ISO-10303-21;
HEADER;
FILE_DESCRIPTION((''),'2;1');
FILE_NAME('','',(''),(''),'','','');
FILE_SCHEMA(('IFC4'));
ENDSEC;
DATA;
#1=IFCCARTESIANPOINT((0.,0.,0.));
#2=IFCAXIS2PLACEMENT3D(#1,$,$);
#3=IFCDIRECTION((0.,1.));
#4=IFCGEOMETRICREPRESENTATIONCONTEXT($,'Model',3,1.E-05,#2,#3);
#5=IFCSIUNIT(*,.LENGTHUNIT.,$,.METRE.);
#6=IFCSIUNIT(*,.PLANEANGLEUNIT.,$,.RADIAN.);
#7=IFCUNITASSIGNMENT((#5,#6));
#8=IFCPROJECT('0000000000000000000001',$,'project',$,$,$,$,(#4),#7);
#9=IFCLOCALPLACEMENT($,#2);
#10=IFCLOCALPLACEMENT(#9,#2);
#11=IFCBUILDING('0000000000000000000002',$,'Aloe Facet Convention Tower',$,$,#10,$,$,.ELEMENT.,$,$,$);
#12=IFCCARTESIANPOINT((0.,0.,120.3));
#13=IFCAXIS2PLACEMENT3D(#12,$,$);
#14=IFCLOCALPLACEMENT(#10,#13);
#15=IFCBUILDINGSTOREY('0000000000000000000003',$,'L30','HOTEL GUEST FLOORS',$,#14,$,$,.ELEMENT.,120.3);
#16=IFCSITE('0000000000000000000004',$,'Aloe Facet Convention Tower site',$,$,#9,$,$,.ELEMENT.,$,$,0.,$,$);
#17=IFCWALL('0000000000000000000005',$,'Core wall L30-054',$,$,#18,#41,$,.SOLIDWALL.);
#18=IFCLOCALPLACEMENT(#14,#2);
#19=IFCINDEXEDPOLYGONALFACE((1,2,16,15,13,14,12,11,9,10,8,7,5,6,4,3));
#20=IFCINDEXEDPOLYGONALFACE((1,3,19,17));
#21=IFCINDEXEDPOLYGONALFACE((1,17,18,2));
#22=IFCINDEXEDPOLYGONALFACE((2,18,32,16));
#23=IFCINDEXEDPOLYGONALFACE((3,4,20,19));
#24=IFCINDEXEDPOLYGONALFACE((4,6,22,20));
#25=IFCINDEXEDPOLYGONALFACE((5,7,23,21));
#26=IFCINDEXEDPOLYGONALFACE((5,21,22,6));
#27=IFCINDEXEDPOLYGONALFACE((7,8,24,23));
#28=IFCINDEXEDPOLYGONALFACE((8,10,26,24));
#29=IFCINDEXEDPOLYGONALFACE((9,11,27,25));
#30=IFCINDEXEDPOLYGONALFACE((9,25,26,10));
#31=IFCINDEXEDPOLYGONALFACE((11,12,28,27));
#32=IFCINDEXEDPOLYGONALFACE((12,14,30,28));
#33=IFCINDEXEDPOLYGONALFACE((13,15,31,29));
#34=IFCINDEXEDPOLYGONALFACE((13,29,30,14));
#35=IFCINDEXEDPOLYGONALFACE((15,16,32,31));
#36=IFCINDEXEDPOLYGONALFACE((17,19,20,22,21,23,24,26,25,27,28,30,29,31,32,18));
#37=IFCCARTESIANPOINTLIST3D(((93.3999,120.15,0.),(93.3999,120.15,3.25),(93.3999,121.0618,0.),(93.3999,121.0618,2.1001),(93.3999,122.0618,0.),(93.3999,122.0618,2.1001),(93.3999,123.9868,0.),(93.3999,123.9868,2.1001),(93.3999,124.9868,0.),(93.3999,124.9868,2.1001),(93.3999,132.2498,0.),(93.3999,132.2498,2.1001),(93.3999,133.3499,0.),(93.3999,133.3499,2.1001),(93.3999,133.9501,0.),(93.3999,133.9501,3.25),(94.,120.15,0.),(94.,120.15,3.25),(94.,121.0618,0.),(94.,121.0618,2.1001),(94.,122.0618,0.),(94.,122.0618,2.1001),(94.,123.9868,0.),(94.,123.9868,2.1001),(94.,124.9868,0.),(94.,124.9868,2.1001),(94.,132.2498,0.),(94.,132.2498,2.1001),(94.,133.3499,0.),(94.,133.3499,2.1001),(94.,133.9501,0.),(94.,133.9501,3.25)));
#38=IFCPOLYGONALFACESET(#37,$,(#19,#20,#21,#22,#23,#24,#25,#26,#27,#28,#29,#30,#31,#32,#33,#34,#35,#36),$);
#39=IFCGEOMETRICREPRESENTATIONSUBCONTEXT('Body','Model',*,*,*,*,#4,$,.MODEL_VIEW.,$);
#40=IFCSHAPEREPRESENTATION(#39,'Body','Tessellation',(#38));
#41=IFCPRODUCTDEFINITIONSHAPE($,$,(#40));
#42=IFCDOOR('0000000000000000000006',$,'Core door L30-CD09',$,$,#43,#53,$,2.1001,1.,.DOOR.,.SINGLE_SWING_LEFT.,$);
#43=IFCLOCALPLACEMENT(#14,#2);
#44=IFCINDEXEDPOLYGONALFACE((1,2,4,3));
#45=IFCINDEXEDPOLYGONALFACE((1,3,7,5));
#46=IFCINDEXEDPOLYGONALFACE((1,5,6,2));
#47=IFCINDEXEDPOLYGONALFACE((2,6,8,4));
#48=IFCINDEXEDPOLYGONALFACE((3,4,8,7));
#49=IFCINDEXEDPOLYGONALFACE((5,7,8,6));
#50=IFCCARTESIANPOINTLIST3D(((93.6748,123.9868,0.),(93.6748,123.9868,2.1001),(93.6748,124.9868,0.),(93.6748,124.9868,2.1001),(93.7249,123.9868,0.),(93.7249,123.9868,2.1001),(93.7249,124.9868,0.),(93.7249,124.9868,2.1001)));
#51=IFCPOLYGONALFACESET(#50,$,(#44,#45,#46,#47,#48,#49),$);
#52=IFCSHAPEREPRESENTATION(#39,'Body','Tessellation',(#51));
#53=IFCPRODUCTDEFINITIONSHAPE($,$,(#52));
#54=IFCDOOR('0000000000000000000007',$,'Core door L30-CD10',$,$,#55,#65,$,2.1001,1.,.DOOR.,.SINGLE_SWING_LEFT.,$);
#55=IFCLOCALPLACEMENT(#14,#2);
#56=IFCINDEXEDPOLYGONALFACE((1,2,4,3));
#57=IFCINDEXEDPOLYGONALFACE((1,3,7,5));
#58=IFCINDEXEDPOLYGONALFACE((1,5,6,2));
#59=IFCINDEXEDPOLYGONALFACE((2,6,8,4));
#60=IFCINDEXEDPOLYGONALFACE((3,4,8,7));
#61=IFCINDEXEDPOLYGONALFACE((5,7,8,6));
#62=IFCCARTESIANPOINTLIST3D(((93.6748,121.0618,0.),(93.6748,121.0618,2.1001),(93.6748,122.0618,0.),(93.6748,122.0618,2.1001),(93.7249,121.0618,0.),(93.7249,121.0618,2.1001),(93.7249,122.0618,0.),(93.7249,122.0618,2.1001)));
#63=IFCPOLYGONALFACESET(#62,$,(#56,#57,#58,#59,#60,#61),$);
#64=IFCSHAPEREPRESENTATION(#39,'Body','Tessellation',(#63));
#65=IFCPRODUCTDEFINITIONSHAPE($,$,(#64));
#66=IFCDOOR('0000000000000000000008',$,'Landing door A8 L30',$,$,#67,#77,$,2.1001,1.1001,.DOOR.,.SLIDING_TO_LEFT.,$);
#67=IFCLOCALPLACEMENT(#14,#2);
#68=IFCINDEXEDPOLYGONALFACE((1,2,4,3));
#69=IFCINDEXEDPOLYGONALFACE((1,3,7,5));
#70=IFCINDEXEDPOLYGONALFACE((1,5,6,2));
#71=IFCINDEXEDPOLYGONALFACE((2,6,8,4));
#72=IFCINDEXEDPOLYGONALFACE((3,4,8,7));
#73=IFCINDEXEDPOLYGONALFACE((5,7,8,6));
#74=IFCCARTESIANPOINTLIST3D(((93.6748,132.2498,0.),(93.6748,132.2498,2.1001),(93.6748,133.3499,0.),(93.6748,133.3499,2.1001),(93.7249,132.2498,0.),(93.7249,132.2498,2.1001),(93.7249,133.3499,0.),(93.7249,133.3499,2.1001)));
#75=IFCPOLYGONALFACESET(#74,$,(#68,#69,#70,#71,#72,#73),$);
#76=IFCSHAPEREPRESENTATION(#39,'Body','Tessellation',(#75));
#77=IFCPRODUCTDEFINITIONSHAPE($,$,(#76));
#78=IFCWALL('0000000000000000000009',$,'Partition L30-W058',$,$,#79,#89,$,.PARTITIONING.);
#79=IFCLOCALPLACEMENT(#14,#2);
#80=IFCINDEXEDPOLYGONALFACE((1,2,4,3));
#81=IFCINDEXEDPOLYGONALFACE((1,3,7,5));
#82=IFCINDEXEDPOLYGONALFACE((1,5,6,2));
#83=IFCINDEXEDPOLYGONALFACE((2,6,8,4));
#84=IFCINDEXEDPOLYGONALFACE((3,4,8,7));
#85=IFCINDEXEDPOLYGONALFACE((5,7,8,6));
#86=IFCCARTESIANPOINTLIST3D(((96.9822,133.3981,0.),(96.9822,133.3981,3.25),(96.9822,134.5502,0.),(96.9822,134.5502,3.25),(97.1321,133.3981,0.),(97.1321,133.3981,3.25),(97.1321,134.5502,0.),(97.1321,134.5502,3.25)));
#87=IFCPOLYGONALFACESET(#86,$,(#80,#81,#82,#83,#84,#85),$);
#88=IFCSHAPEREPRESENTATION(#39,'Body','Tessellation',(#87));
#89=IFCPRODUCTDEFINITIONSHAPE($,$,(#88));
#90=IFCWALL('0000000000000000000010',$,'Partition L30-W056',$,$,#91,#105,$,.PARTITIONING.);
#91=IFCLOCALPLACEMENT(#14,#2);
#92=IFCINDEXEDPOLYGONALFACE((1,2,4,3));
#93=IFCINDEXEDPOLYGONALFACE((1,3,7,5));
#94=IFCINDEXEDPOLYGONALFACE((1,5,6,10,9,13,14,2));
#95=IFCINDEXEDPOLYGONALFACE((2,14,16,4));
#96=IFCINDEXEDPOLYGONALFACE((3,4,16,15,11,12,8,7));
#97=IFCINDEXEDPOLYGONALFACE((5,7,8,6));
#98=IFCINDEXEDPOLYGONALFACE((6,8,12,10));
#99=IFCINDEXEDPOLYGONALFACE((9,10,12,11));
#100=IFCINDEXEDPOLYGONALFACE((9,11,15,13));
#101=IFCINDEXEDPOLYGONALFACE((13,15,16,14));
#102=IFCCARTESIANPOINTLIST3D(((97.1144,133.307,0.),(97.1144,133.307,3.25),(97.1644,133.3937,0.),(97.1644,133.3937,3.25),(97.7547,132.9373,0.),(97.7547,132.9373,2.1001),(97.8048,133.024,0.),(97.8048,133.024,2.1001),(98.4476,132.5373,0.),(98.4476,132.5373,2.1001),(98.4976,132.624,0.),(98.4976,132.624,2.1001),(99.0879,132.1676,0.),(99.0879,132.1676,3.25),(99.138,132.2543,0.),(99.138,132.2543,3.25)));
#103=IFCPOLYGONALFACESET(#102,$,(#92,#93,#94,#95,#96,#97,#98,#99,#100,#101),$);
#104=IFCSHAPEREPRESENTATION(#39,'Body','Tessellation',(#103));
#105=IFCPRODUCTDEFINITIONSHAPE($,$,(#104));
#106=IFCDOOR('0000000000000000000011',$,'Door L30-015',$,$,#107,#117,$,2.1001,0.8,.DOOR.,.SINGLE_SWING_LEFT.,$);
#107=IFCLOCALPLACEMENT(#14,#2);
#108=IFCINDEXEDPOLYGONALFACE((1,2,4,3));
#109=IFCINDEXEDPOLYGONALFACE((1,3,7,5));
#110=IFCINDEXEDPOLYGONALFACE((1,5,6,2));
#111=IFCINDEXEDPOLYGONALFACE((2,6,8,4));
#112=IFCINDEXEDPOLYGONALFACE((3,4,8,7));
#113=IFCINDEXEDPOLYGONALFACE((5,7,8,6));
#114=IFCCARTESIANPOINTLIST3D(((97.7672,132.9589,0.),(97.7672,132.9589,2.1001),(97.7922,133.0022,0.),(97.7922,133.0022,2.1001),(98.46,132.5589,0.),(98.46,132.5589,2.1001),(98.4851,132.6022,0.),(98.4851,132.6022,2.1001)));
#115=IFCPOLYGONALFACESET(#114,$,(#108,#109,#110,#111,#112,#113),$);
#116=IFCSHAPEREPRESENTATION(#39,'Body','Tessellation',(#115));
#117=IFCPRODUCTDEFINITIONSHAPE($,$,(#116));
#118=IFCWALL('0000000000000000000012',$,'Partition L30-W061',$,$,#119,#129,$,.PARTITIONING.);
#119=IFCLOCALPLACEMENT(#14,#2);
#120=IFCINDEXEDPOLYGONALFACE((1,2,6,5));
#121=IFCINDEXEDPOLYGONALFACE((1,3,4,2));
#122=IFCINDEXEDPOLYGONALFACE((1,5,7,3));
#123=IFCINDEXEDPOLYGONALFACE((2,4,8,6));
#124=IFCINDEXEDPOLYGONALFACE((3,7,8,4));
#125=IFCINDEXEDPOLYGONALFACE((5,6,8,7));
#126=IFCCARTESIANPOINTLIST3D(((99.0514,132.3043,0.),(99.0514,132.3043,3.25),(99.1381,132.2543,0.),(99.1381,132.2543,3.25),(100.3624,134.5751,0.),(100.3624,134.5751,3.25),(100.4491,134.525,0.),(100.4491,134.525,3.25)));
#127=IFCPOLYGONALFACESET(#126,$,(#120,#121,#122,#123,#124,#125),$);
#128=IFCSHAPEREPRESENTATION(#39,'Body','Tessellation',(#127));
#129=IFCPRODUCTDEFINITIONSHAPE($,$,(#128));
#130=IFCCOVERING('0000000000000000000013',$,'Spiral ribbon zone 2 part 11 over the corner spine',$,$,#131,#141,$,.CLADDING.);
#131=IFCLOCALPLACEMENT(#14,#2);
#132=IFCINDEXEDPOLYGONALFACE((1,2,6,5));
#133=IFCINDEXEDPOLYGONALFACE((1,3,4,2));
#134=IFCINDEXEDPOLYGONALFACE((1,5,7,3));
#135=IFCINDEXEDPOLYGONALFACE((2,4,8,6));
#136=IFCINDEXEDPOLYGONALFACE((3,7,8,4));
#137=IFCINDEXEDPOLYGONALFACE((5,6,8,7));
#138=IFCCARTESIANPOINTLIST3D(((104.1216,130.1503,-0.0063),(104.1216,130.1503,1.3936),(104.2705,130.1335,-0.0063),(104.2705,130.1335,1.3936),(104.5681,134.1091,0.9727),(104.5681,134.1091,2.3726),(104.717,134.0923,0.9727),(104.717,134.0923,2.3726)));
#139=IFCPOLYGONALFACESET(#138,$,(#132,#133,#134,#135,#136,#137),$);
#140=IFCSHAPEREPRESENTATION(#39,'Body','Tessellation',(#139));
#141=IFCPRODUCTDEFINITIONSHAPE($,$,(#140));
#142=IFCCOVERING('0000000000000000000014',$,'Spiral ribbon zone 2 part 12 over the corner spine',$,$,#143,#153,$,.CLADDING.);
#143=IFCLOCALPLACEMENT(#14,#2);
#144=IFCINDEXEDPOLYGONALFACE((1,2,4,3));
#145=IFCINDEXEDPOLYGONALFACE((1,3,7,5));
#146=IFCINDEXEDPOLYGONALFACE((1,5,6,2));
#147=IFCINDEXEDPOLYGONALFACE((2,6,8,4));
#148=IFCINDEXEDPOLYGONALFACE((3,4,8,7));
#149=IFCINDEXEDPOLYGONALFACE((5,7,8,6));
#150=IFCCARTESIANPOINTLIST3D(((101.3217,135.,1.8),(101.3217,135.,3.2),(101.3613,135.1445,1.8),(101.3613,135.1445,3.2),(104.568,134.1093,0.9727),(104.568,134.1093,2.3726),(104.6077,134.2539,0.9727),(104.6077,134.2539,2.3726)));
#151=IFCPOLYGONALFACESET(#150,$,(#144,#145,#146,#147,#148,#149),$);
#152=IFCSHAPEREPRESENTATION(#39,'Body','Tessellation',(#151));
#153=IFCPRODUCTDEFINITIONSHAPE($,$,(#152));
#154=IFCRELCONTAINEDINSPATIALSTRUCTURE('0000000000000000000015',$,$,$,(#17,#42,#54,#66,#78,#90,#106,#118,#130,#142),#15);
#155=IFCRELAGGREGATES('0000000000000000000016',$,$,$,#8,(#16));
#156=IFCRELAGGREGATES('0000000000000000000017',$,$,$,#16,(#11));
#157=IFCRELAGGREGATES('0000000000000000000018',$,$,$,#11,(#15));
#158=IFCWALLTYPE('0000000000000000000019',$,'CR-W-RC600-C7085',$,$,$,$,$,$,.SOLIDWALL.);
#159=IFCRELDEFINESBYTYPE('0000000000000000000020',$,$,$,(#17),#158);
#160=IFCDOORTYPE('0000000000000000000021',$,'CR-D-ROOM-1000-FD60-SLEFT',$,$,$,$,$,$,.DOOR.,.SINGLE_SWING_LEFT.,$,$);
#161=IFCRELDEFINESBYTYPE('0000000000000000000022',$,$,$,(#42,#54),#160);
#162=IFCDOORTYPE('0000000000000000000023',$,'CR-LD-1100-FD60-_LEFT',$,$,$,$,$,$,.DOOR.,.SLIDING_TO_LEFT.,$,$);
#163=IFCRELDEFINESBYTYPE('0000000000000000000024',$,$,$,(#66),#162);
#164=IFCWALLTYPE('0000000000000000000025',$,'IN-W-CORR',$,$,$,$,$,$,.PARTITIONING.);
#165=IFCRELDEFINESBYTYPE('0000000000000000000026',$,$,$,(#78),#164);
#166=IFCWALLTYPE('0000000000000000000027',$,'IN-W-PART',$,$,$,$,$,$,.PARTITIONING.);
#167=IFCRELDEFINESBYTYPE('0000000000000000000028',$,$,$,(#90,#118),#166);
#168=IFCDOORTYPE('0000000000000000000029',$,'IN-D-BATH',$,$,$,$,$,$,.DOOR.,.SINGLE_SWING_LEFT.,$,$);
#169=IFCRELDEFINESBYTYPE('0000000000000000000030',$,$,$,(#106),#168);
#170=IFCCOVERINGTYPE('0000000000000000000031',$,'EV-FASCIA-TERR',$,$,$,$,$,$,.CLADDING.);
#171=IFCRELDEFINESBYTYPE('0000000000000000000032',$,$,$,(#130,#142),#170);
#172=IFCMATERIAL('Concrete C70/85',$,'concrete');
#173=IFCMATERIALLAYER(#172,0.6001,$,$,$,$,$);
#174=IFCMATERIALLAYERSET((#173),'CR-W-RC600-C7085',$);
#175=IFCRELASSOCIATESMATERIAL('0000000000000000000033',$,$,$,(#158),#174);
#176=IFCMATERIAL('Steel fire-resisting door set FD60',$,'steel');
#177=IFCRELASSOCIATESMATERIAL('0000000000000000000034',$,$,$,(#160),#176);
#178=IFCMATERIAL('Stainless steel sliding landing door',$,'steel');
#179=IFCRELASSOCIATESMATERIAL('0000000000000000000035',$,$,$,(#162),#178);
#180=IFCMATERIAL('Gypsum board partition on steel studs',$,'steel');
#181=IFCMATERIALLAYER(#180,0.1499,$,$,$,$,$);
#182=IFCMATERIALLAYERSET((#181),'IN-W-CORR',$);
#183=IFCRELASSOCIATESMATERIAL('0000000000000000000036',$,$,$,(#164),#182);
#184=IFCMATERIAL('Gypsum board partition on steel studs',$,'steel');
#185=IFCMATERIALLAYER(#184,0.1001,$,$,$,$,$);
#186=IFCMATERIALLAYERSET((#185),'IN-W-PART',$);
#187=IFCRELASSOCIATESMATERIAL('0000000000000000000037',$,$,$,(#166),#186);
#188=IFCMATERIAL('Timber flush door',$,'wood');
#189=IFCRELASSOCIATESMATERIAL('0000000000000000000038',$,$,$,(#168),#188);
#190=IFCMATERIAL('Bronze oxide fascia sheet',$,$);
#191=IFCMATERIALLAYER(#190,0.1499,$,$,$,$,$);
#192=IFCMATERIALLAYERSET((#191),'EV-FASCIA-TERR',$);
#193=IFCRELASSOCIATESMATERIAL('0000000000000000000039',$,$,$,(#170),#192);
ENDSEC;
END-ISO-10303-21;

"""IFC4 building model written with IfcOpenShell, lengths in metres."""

from ifc_helpers import new_model, si_unit, direction, frame, frame_2d, origin, place, context, subcontext, project, spatial, polyline, rectangle, outline, extrude, material, layer, layer_set, type_object, element, fill, save


model = new_model("IFC4")

# Units and contexts
model_context = context("Model", 3, precision=1e-05, world=origin(), true_north=direction((0.0, 1.0)))
body_context = subcontext(model_context, "Body", "Model", "MODEL_VIEW")
ifc_project = project(units=[si_unit("LENGTHUNIT", "METRE"), si_unit("PLANEANGLEUNIT", "RADIAN")], contexts=[model_context])

# Site, building, storey
site_placement = place(None, origin())
site = spatial("IfcSite", under=ifc_project, at=site_placement, Name="Aloe Facet Convention Tower site", CompositionType="ELEMENT", RefElevation=0.0)
building_placement = place(site_placement, origin())
building = spatial("IfcBuilding", under=site, at=building_placement, Name="Aloe Facet Convention Tower", CompositionType="ELEMENT")
storey_placement = place(building_placement, frame((0.0, 0.0, 120.3)))
storey = spatial("IfcBuildingStorey", under=building, at=storey_placement, Name="L30", Description="HOTEL GUEST FLOORS", CompositionType="ELEMENT", Elevation=120.3)

# Wall, openings, doors
ifc_material_1 = material(Name="Concrete C70/85", Category="concrete")
ifc_layer_1 = layer(ifc_material_1, 0.6001)
ifc_layer_set_1 = layer_set([ifc_layer_1], Name="CR-W-RC600-C7085")
wall_type_1 = type_object("IfcWallType", Name="CR-W-RC600-C7085", PredefinedType="SOLIDWALL", material=ifc_layer_set_1)
wall_1_placement = place(storey_placement, frame((93.7, 133.95, 0.0), z_axis=(0.0, 0.0, 1.0), x_axis=(0.0, -1.0, 0.0)))
wall_1 = element("IfcWall", 1, at=wall_1_placement, inside=storey, type_object=wall_type_1, Name="Core wall L30-054", PredefinedType="SOLIDWALL", context=body_context, shape_type="SweptSolid", body=[
    extrude(rectangle(XDim=13.8, YDim=0.6001, at=frame_2d((6.8999, 0.0))), origin(), (0.0, 0.0, 1.0), 3.25),
])
opening_1_placement = place(wall_1_placement, frame((0.6001, 0.0, 0.0)))
opening_1 = element("IfcOpeningElement", 2, at=opening_1_placement, cuts=wall_1, PredefinedType="OPENING", context=body_context, shape_type="SweptSolid", body=[
    extrude(rectangle(XDim=1.1001, YDim=2.1001, at=frame_2d((0.55, 1.05))), frame((0.0, 0.3101, 0.0), z_axis=(0.0, -1.0, 0.0), x_axis=(1.0, 0.0, 0.0)), (0.0, 0.0, 1.0), 0.6201),
])
opening_2_placement = place(wall_1_placement, frame((8.9631, 0.0, 0.0)))
opening_2 = element("IfcOpeningElement", 3, at=opening_2_placement, cuts=wall_1, PredefinedType="OPENING", context=body_context, shape_type="SweptSolid", body=[
    extrude(rectangle(XDim=1.0, YDim=2.1001, at=frame_2d((0.5, 1.05))), frame((0.0, 0.3101, 0.0), z_axis=(0.0, -1.0, 0.0), x_axis=(1.0, 0.0, 0.0)), (0.0, 0.0, 1.0), 0.6201),
])
opening_3_placement = place(wall_1_placement, frame((11.8882, 0.0, 0.0)))
opening_3 = element("IfcOpeningElement", 4, at=opening_3_placement, cuts=wall_1, PredefinedType="OPENING", context=body_context, shape_type="SweptSolid", body=[
    extrude(rectangle(XDim=1.0, YDim=2.1001, at=frame_2d((0.5, 1.05))), frame((0.0, 0.3101, 0.0), z_axis=(0.0, -1.0, 0.0), x_axis=(1.0, 0.0, 0.0)), (0.0, 0.0, 1.0), 0.6201),
])
ifc_material_2 = material(Name="Steel fire-resisting door set FD60", Category="steel")
door_type_1 = type_object("IfcDoorType", Name="CR-D-ROOM-1000-FD60-SLEFT", OperationType="SINGLE_SWING_LEFT", PredefinedType="DOOR", material=ifc_material_2)
door_1_placement = place(opening_2_placement, origin())
door_1 = element("IfcDoor", 5, at=door_1_placement, inside=storey, type_object=door_type_1, Name="Core door L30-CD09", OperationType="SINGLE_SWING_LEFT", OverallHeight=2.1001, OverallWidth=1.0, PredefinedType="DOOR", context=body_context, shape_type="SweptSolid", body=[
    extrude(rectangle(XDim=1.0, YDim=2.1001, at=frame_2d((0.5, 1.05))), frame((0.0, 0.0249, 0.0), z_axis=(0.0, -1.0, 0.0), x_axis=(1.0, 0.0, 0.0)), (0.0, 0.0, 1.0), 0.05),
])
fill(opening_2, door_1)
door_2_placement = place(opening_3_placement, origin())
door_2 = element("IfcDoor", 6, at=door_2_placement, inside=storey, type_object=door_type_1, Name="Core door L30-CD10", OperationType="SINGLE_SWING_LEFT", OverallHeight=2.1001, OverallWidth=1.0, PredefinedType="DOOR", context=body_context, shape_type="SweptSolid", body=[
    extrude(rectangle(XDim=1.0, YDim=2.1001, at=frame_2d((0.5, 1.05))), frame((0.0, 0.0249, 0.0), z_axis=(0.0, -1.0, 0.0), x_axis=(1.0, 0.0, 0.0)), (0.0, 0.0, 1.0), 0.05),
])
fill(opening_3, door_2)
ifc_material_3 = material(Name="Stainless steel sliding landing door", Category="steel")
door_type_2 = type_object("IfcDoorType", Name="CR-LD-1100-FD60-_LEFT", OperationType="SLIDING_TO_LEFT", PredefinedType="DOOR", material=ifc_material_3)
door_3_placement = place(opening_1_placement, origin())
door_3 = element("IfcDoor", 7, at=door_3_placement, inside=storey, type_object=door_type_2, Name="Landing door A8 L30", OperationType="SLIDING_TO_LEFT", OverallHeight=2.1001, OverallWidth=1.1001, PredefinedType="DOOR", context=body_context, shape_type="SweptSolid", body=[
    extrude(rectangle(XDim=1.1001, YDim=2.1001, at=frame_2d((0.55, 1.05))), frame((0.0, 0.0249, 0.0), z_axis=(0.0, -1.0, 0.0), x_axis=(1.0, 0.0, 0.0)), (0.0, 0.0, 1.0), 0.05),
])
fill(opening_1, door_3)

# Wall
ifc_material_4 = material(Name="Gypsum board partition on steel studs", Category="steel")
ifc_layer_2 = layer(ifc_material_4, 0.1499)
ifc_layer_set_2 = layer_set([ifc_layer_2], Name="IN-W-CORR")
wall_type_2 = type_object("IfcWallType", Name="IN-W-CORR", PredefinedType="PARTITIONING", material=ifc_layer_set_2)
wall_2_placement = place(storey_placement, frame((97.0571, 133.3979, 0.0), z_axis=(0.0, 0.0, 1.0), x_axis=(0.0, 1.0, 0.0)))
element("IfcWall", 8, at=wall_2_placement, inside=storey, type_object=wall_type_2, Name="Partition L30-W058", PredefinedType="PARTITIONING", context=body_context, shape_type="SweptSolid", body=[
    extrude(rectangle(XDim=1.1521, YDim=0.1499, at=frame_2d((0.5762, 0.0))), origin(), (0.0, 0.0, 1.0), 3.25),
])

# Wall, opening, door
ifc_material_5 = material(Name="Gypsum board partition on steel studs", Category="steel")
ifc_layer_3 = layer(ifc_material_5, 0.1001)
ifc_layer_set_3 = layer_set([ifc_layer_3], Name="IN-W-PART")
wall_type_3 = type_object("IfcWallType", Name="IN-W-PART", PredefinedType="PARTITIONING", material=ifc_layer_set_3)
wall_3_placement = place(storey_placement, frame((97.1394, 133.3503, 0.0), z_axis=(0.0, 0.0, 1.0), x_axis=(0.866039, -0.499976, 0.0)))
wall_3 = element("IfcWall", 9, at=wall_3_placement, inside=storey, type_object=wall_type_3, Name="Partition L30-W056", PredefinedType="PARTITIONING", context=body_context, shape_type="SweptSolid", body=[
    extrude(rectangle(XDim=2.2788, YDim=0.1001, at=frame_2d((1.1394, 0.0))), origin(), (0.0, 0.0, 1.0), 3.25),
])
opening_4_placement = place(wall_3_placement, frame((0.7395, 0.0, 0.0)))
opening_4 = element("IfcOpeningElement", 10, at=opening_4_placement, cuts=wall_3, PredefinedType="OPENING", context=body_context, shape_type="SweptSolid", body=[
    extrude(rectangle(XDim=0.8, YDim=2.1001, at=frame_2d((0.3999, 1.05))), frame((0.0, 0.0601, 0.0), z_axis=(0.0, -1.0, 0.0), x_axis=(1.0, 0.0, 0.0)), (0.0, 0.0, 1.0), 0.1201),
])
ifc_material_6 = material(Name="Timber flush door", Category="wood")
door_type_3 = type_object("IfcDoorType", Name="IN-D-BATH", OperationType="SINGLE_SWING_LEFT", PredefinedType="DOOR", material=ifc_material_6)
door_4_placement = place(opening_4_placement, origin())
door_4 = element("IfcDoor", 11, at=door_4_placement, inside=storey, type_object=door_type_3, Name="Door L30-015", OperationType="SINGLE_SWING_LEFT", OverallHeight=2.1001, OverallWidth=0.8, PredefinedType="DOOR", context=body_context, shape_type="SweptSolid", body=[
    extrude(rectangle(XDim=0.8, YDim=2.1001, at=frame_2d((0.3999, 1.05))), frame((0.0, 0.0249, 0.0), z_axis=(0.0, -1.0, 0.0), x_axis=(1.0, 0.0, 0.0)), (0.0, 0.0, 1.0), 0.05),
])
fill(opening_4, door_4)

# Wall
wall_4_placement = place(storey_placement, frame((99.0947, 132.2793, 0.0), z_axis=(0.0, 0.0, 1.0), x_axis=(0.500005, 0.866023, 0.0)))
element("IfcWall", 12, at=wall_4_placement, inside=storey, type_object=wall_type_3, Name="Partition L30-W061", PredefinedType="PARTITIONING", context=body_context, shape_type="SweptSolid", body=[
    extrude(rectangle(XDim=2.6221, YDim=0.1001, at=frame_2d((1.311, 0.0))), origin(), (0.0, 0.0, 1.0), 3.25),
])

# Coverings
ifc_material_7 = material(Name="Bronze oxide fascia sheet")
ifc_layer_4 = layer(ifc_material_7, 0.1499)
ifc_layer_set_4 = layer_set([ifc_layer_4], Name="EV-FASCIA-TERR")
covering_type = type_object("IfcCoveringType", Name="EV-FASCIA-TERR", PredefinedType="CLADDING", material=ifc_layer_set_4)
covering_1_placement = place(storey_placement, frame((104.2705, 130.1335, -0.0063), z_axis=(0.993699, -0.112086, 0.0), x_axis=(0.108848, 0.964988, 0.238643)))
element("IfcCovering", 13, at=covering_1_placement, inside=storey, type_object=covering_type, Name="Spiral ribbon zone 2 part 11 over the corner spine", PredefinedType="CLADDING", context=body_context, shape_type="SweptSolid", body=[
    extrude(outline(polyline([(0.0, 0.0), (4.1024, 0.0), (4.4365, 1.3595), (0.3341, 1.3595), (0.0, 0.0)])), origin(), (0.0, 0.0, -1.0), 0.1499),
])
covering_2_placement = place(storey_placement, frame((104.6077, 134.2539, 0.9727), z_axis=(0.264572, 0.964366, 0.0), x_axis=(-0.936493, 0.256925, 0.238684)))
element("IfcCovering", 14, at=covering_2_placement, inside=storey, type_object=covering_type, Name="Spiral ribbon zone 2 part 12 over the corner spine", PredefinedType="CLADDING", context=body_context, shape_type="SweptSolid", body=[
    extrude(outline(polyline([(0.0, 0.0), (3.4665, 0.0), (3.8006, 1.3594), (0.3341, 1.3594), (0.0, 0.0)])), origin(), (0.0, 0.0, -1.0), 0.1499),
])

save(model, "model.ifc")
